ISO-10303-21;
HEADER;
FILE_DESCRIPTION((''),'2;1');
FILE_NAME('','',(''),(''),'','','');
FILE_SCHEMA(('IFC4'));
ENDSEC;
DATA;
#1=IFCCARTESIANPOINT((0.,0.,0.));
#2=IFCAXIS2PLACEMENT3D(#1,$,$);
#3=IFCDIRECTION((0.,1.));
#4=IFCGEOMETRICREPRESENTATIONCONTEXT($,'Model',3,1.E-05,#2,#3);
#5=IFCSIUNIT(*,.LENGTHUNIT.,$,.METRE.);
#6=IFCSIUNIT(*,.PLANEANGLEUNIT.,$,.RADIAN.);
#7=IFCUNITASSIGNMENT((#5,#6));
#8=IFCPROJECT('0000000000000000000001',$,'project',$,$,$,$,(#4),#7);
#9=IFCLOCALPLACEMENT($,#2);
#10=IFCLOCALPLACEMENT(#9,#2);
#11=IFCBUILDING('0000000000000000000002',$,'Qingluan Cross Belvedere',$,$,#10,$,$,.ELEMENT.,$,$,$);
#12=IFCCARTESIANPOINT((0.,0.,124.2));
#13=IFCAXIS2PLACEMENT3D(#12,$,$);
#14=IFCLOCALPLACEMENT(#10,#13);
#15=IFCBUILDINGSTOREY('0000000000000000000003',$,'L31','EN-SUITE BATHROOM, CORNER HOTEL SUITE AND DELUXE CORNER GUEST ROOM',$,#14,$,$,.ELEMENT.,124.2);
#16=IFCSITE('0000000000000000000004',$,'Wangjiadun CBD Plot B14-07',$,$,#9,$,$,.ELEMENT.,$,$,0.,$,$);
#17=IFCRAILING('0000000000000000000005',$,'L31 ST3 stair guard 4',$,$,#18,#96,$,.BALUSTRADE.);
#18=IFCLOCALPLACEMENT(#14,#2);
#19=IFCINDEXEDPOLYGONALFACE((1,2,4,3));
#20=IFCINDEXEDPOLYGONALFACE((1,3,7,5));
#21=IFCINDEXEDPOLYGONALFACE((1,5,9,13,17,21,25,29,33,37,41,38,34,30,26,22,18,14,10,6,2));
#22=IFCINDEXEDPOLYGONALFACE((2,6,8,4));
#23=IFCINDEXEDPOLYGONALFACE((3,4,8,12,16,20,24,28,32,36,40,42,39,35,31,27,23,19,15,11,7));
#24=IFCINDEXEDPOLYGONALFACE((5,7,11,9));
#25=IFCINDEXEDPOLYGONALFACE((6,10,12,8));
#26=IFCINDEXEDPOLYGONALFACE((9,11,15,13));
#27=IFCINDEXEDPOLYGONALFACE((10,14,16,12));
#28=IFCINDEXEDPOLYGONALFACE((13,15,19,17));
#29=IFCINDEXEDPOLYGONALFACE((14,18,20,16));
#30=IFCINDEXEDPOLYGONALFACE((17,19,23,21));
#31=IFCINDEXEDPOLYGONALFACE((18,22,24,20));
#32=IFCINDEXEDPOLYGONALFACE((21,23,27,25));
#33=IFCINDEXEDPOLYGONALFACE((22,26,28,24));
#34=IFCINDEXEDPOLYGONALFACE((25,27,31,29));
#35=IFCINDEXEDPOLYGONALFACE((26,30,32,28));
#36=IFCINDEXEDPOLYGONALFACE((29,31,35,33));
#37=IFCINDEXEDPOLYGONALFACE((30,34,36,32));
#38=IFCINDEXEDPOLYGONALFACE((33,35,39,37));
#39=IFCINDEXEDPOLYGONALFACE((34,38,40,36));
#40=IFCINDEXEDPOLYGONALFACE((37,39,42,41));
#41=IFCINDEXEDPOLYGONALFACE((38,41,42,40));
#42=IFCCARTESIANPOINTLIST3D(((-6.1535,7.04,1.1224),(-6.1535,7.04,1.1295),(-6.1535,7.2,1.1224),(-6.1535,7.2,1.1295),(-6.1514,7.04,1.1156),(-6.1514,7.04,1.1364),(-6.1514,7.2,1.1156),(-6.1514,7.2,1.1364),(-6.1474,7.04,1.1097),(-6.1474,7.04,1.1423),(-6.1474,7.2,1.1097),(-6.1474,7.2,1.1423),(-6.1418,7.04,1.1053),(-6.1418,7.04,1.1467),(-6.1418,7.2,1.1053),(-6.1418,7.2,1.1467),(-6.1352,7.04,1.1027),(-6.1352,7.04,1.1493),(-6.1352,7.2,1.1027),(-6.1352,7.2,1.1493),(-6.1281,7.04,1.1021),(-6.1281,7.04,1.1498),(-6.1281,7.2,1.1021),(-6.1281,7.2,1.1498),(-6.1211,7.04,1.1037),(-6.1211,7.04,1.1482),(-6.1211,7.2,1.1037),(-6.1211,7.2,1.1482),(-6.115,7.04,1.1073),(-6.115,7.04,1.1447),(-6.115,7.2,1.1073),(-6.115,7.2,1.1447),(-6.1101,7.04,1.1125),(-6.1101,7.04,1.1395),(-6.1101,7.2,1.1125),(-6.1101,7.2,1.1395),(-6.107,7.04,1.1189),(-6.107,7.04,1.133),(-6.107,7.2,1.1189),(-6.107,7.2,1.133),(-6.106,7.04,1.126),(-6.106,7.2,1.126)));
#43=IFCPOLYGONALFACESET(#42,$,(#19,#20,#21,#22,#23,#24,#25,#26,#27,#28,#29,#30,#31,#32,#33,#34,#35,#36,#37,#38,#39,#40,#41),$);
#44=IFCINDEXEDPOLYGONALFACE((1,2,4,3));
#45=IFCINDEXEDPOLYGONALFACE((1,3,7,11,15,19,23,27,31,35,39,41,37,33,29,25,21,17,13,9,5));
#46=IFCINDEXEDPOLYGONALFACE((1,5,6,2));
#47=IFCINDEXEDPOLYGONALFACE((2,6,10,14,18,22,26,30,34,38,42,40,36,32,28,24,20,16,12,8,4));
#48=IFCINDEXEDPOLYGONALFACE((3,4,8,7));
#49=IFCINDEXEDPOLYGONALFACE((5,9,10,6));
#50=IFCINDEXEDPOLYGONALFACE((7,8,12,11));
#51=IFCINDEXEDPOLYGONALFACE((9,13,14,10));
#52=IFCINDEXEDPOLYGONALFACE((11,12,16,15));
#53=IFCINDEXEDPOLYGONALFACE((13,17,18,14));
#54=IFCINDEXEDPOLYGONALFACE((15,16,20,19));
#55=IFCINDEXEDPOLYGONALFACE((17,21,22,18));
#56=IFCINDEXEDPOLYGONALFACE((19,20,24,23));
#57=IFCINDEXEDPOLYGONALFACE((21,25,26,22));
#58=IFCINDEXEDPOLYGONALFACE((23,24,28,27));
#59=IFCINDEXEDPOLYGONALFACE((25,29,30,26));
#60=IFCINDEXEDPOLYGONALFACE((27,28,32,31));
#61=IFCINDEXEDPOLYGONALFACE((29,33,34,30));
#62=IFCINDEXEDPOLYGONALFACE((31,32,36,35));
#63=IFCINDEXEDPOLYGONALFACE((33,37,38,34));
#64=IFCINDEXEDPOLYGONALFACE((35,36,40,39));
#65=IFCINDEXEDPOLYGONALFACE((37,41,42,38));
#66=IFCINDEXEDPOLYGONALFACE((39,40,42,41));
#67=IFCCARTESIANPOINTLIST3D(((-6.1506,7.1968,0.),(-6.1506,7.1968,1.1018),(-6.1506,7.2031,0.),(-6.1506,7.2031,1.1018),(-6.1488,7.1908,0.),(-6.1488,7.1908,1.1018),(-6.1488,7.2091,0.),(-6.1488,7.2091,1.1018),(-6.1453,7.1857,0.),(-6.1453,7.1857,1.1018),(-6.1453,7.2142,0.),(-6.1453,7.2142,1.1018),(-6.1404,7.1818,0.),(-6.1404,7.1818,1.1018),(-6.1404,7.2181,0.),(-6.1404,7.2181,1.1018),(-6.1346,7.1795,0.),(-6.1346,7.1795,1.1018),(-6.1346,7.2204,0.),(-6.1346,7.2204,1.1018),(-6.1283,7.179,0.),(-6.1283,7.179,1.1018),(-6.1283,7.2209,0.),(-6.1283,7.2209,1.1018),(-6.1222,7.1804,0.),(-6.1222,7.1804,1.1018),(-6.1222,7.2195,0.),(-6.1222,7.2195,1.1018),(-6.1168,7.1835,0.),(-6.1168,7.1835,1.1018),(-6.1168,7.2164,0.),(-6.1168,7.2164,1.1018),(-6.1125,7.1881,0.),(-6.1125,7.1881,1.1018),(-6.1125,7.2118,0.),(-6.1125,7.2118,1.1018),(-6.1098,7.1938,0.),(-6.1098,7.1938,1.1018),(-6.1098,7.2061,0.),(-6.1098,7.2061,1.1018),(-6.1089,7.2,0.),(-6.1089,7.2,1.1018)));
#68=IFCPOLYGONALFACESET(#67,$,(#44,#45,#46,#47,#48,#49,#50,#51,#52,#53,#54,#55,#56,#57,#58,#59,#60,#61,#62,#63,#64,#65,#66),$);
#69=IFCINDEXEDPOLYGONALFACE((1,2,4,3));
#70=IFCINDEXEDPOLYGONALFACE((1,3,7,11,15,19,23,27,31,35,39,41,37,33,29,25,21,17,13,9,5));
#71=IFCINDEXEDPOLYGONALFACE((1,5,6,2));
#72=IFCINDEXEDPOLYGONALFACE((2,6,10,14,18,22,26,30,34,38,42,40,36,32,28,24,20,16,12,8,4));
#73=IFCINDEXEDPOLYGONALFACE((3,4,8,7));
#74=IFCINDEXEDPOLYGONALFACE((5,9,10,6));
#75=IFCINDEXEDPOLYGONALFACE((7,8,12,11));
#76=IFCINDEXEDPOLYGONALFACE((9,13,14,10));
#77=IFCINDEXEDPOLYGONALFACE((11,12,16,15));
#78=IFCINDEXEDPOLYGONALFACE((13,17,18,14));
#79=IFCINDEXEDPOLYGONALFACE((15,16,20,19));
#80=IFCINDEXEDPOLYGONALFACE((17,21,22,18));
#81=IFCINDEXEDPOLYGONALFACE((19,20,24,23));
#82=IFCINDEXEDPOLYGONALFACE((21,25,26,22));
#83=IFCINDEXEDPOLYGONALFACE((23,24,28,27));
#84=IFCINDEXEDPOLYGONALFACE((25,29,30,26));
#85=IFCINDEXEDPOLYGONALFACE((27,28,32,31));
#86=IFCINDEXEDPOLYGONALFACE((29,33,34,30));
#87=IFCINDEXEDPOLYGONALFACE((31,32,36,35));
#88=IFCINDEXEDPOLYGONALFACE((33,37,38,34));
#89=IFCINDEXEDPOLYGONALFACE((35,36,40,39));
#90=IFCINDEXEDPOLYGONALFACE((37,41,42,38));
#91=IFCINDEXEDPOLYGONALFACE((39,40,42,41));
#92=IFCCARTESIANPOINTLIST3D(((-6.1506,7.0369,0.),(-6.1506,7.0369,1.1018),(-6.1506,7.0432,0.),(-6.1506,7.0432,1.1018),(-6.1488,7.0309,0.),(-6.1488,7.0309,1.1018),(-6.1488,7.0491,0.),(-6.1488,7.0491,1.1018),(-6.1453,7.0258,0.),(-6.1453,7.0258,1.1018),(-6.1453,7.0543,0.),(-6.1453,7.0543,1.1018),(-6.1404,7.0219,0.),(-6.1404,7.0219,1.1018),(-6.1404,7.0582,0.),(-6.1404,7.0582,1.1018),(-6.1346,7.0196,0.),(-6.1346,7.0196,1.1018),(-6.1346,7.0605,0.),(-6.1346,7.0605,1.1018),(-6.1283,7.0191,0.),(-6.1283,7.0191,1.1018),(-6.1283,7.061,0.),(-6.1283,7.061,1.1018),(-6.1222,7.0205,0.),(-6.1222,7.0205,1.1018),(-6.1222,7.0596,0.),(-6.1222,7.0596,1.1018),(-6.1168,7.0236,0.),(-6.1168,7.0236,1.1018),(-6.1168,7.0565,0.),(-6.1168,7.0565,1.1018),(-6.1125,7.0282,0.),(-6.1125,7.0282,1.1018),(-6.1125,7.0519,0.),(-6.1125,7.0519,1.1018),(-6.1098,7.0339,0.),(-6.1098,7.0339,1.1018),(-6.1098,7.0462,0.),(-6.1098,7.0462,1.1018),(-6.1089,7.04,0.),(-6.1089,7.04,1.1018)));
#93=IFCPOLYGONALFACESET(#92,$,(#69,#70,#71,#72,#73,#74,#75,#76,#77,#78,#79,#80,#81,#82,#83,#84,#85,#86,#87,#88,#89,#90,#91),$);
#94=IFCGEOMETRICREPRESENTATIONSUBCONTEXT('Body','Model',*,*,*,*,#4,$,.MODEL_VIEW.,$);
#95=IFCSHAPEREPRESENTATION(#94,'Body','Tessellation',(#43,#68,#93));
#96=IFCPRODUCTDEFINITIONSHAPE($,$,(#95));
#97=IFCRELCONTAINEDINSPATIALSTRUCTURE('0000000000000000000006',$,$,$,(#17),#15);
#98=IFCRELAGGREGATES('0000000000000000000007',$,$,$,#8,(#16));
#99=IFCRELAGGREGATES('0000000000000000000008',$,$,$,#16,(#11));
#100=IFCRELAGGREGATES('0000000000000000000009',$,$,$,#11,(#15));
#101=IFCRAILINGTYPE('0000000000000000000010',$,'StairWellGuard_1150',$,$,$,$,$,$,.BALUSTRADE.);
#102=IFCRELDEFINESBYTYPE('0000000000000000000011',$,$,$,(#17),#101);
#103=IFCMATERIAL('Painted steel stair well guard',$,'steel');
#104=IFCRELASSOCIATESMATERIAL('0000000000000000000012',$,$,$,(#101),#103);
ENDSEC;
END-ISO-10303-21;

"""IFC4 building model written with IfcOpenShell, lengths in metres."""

from ifc_helpers import new_model, si_unit, direction, frame, origin, origin_2d, place, context, subcontext, project, spatial, circle, extrude, material, type_object, element, save


model = new_model("IFC4")

# Units and contexts
model_context = context("Model", 3, precision=1e-05, world=origin(), true_north=direction((0.0, 1.0)))
body_context = subcontext(model_context, "Body", "Model", "MODEL_VIEW")
ifc_project = project(units=[si_unit("LENGTHUNIT", "METRE"), si_unit("PLANEANGLEUNIT", "RADIAN")], contexts=[model_context])

# Site, building, storey
site_placement = place(None, origin())
site = spatial("IfcSite", under=ifc_project, at=site_placement, Name="Wangjiadun CBD Plot B14-07", CompositionType="ELEMENT", RefElevation=0.0)
building_placement = place(site_placement, origin())
building = spatial("IfcBuilding", under=site, at=building_placement, Name="Qingluan Cross Belvedere", CompositionType="ELEMENT")
storey_placement = place(building_placement, frame((0.0, 0.0, 124.2)))
storey = spatial("IfcBuildingStorey", under=building, at=storey_placement, Name="L31", Description="EN-SUITE BATHROOM, CORNER HOTEL SUITE AND DELUXE CORNER GUEST ROOM", CompositionType="ELEMENT", Elevation=124.2)

# Railing
ifc_material_1 = material(Name="Painted steel stair well guard", Category="steel")
railing_type_1 = type_object("IfcRailingType", Name="StairWellGuard_1150", PredefinedType="BALUSTRADE", material=ifc_material_1)
railing_1_placement = place(storey_placement, frame((-6.1299, 7.2, 0.0)))
element("IfcRailing", 1, at=railing_1_placement, inside=storey, type_object=railing_type_1, Name="L31 ST3 stair guard 4", PredefinedType="BALUSTRADE", context=body_context, shape_type="SweptSolid", body=[
    extrude(circle(Radius=0.0239, at=origin_2d()), frame((0.0, 0.0, 1.126), z_axis=(0.0, -1.0, 0.0), x_axis=(1.0, 0.0, 0.0)), (0.0, 0.0, 1.0), 0.1599),
    extrude(circle(Radius=0.021, at=origin_2d()), origin(), (0.0, 0.0, 1.0), 1.1018),
    extrude(circle(Radius=0.021, at=origin_2d()), frame((0.0, -0.1599, 0.0)), (0.0, 0.0, 1.0), 1.1018),
])

save(model, "model.ifc")
